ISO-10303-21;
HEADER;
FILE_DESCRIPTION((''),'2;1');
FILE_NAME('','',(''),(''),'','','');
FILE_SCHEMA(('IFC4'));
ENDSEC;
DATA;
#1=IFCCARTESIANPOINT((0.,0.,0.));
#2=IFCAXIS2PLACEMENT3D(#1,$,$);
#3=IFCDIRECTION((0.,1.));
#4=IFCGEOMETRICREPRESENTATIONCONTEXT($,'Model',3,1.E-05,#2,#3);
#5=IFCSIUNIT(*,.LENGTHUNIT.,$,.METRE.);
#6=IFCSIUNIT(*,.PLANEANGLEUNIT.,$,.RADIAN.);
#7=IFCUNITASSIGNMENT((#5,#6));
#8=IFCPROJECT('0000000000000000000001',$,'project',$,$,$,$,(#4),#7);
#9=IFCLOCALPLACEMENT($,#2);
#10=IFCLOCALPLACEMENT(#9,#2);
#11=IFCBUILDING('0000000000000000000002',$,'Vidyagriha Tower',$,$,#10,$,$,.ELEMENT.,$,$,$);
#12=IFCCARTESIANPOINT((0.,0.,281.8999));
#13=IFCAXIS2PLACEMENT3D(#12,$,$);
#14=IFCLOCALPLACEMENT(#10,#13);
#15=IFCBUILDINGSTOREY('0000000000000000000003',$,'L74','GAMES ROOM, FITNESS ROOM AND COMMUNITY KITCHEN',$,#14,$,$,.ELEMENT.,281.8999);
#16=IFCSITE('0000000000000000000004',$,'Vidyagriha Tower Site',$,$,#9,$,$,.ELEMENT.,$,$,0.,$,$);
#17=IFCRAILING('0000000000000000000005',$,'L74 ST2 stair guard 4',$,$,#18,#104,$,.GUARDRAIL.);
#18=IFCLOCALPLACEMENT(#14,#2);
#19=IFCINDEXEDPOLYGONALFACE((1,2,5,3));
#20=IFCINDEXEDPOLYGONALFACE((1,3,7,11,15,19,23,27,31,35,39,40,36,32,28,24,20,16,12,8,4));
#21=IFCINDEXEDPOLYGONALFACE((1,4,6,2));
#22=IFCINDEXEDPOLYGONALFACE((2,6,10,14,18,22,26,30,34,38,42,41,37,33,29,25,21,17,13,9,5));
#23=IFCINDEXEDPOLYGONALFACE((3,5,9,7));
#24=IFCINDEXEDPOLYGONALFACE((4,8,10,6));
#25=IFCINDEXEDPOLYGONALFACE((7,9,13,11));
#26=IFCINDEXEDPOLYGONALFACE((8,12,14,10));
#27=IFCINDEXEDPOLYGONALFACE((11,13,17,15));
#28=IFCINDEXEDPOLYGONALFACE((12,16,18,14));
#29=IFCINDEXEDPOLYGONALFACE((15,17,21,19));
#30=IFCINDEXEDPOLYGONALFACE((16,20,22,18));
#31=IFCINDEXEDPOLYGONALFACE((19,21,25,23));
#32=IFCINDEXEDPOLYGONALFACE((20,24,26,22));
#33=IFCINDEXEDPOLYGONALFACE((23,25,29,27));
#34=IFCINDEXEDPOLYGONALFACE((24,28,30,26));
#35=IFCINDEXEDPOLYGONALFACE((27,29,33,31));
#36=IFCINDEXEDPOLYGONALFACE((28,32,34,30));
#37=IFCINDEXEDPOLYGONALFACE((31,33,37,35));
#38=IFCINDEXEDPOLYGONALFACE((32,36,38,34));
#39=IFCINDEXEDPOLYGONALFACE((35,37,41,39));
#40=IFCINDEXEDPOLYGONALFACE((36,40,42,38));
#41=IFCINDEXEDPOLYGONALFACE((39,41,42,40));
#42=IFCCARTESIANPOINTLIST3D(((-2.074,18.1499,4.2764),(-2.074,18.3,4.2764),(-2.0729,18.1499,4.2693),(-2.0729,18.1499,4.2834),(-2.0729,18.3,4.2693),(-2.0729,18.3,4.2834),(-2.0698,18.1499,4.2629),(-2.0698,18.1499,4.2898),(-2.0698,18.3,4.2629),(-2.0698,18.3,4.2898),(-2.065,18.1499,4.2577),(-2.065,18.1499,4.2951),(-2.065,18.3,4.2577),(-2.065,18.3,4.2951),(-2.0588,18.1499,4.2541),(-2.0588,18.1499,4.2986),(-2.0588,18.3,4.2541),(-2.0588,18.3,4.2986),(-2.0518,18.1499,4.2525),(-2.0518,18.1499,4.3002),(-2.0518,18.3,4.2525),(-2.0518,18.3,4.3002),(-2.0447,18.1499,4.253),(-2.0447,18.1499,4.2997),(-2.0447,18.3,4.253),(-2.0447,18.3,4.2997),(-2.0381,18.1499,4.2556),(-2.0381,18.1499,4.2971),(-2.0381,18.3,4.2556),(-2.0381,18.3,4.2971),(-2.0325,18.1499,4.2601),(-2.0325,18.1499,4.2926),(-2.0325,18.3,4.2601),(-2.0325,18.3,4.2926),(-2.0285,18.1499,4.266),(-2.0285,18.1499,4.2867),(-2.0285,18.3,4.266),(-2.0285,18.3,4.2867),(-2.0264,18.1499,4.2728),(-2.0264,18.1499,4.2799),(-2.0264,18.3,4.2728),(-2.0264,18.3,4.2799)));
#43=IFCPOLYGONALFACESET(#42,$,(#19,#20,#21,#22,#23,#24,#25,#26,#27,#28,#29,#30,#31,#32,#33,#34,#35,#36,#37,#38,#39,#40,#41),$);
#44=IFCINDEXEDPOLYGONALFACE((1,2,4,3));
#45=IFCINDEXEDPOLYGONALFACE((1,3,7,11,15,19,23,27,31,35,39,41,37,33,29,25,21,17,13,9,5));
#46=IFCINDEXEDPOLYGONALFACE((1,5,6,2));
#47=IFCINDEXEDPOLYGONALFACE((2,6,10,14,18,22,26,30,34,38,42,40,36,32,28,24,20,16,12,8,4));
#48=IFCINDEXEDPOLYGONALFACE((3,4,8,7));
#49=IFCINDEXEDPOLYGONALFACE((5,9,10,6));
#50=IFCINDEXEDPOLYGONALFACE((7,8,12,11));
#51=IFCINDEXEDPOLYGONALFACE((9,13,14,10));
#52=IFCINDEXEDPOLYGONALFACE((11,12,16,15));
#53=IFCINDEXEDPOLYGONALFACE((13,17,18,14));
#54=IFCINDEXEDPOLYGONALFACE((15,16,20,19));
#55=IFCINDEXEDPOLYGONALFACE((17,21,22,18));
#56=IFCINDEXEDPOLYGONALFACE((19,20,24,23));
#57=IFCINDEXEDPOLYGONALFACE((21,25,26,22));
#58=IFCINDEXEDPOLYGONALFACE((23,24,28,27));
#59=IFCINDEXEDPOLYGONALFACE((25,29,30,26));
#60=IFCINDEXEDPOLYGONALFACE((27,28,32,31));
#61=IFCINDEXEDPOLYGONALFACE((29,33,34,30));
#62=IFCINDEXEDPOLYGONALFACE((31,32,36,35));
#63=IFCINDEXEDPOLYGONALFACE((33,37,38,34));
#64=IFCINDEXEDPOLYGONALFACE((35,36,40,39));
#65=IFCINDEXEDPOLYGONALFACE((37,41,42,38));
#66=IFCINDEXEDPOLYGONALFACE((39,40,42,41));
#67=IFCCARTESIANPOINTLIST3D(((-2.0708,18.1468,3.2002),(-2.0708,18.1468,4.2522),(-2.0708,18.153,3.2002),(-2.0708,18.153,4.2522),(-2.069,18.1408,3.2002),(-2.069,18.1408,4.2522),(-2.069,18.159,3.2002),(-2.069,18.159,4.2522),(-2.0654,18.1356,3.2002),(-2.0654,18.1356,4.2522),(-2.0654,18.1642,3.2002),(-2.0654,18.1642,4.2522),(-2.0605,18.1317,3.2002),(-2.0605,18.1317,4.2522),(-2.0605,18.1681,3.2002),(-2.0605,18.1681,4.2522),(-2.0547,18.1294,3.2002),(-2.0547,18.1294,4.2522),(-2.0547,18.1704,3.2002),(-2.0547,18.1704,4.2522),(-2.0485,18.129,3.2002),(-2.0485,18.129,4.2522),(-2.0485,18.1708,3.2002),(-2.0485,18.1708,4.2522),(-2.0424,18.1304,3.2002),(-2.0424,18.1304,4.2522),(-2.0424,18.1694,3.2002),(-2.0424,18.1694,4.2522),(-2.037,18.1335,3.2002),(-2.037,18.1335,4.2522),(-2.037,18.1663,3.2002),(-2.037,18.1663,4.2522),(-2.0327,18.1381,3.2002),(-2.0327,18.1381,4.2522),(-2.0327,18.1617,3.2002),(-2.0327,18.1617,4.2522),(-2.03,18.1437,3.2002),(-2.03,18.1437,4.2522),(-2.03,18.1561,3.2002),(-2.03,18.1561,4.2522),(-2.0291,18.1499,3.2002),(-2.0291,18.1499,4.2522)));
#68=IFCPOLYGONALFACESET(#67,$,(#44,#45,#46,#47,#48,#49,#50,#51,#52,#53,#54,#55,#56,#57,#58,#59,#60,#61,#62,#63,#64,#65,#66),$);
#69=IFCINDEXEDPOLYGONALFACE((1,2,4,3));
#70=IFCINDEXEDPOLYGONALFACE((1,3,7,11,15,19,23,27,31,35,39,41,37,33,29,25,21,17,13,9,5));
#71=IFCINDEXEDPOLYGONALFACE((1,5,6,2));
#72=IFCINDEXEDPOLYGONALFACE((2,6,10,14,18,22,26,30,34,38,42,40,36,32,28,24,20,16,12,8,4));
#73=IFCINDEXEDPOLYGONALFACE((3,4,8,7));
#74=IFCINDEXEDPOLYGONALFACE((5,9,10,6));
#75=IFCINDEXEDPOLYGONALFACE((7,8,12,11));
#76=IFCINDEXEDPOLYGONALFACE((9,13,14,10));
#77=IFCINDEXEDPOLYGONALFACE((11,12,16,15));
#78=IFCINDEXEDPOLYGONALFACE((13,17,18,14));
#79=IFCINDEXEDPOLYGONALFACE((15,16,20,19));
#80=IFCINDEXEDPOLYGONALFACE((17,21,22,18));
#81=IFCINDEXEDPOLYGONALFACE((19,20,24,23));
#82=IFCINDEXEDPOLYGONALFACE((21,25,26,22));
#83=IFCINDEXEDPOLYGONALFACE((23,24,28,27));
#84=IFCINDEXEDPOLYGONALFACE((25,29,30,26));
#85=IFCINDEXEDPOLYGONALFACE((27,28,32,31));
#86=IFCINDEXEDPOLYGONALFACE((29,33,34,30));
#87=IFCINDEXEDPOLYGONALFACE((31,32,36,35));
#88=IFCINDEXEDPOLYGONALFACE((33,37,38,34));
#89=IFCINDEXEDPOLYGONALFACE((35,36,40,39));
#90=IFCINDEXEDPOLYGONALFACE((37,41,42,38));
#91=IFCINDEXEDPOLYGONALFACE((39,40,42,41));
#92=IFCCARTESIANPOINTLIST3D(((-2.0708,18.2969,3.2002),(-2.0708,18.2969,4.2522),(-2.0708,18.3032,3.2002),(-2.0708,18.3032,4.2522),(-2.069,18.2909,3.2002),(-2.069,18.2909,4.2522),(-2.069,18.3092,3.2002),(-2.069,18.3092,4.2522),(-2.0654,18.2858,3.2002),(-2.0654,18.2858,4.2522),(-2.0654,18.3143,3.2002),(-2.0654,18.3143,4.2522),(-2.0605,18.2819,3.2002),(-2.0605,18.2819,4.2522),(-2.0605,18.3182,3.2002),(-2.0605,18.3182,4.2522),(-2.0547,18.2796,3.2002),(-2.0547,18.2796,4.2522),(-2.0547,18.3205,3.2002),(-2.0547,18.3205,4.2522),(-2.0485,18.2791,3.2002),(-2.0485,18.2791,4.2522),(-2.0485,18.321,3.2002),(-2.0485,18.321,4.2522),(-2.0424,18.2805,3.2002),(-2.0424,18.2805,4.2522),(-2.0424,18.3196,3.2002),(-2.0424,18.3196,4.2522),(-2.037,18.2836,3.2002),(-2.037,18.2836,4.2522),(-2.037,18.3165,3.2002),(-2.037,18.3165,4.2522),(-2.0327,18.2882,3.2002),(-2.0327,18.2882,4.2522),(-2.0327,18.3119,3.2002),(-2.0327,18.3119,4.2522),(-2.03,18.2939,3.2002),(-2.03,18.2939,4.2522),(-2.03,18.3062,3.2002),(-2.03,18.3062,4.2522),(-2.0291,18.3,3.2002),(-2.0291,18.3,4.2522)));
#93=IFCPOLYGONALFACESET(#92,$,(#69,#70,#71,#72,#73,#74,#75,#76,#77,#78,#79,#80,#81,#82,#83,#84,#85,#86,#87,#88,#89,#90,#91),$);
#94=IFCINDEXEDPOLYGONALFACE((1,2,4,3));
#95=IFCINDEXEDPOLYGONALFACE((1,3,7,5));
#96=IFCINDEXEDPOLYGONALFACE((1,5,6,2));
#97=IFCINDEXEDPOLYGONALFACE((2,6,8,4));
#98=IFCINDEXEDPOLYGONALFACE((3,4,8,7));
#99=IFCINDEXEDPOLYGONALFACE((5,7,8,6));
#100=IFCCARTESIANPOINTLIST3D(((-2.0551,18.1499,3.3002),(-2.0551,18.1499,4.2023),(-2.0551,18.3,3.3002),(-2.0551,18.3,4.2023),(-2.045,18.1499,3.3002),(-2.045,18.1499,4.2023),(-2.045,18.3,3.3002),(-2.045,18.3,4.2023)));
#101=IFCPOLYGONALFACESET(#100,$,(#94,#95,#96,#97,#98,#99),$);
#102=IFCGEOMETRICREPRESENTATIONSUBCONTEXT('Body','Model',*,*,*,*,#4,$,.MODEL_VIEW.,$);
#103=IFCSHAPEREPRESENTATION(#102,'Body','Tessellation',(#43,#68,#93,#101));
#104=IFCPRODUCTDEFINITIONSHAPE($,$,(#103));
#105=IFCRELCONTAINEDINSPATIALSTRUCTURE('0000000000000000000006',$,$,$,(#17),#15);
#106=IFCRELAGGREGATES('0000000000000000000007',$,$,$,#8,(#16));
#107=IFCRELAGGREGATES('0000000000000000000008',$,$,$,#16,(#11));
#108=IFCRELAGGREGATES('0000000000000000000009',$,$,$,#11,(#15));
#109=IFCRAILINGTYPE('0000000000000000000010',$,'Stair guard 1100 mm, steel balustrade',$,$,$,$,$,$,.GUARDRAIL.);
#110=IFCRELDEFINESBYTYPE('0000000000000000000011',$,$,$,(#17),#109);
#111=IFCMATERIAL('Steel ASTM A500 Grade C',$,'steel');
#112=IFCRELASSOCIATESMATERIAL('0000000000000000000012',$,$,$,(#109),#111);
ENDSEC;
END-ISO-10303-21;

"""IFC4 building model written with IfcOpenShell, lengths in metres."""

from ifc_helpers import new_model, si_unit, direction, frame, origin, origin_2d, place, context, subcontext, project, spatial, rectangle, circle, extrude, material, type_object, element, save


model = new_model("IFC4")

# Units and contexts
model_context = context("Model", 3, precision=1e-05, world=origin(), true_north=direction((0.0, 1.0)))
body_context = subcontext(model_context, "Body", "Model", "MODEL_VIEW")
ifc_project = project(units=[si_unit("LENGTHUNIT", "METRE"), si_unit("PLANEANGLEUNIT", "RADIAN")], contexts=[model_context])

# Site, building, storey
site_placement = place(None, origin())
site = spatial("IfcSite", under=ifc_project, at=site_placement, Name="Vidyagriha Tower Site", CompositionType="ELEMENT", RefElevation=0.0)
building_placement = place(site_placement, origin())
building = spatial("IfcBuilding", under=site, at=building_placement, Name="Vidyagriha Tower", CompositionType="ELEMENT")
storey_placement = place(building_placement, frame((0.0, 0.0, 281.8999)))
storey = spatial("IfcBuildingStorey", under=building, at=storey_placement, Name="L74", Description="GAMES ROOM, FITNESS ROOM AND COMMUNITY KITCHEN", CompositionType="ELEMENT", Elevation=281.8999)

# Railing
ifc_material_1 = material(Name="Steel ASTM A500 Grade C", Category="steel")
railing_type_1 = type_object("IfcRailingType", Name="Stair guard 1100 mm, steel balustrade", PredefinedType="GUARDRAIL", material=ifc_material_1)
railing_1_placement = place(storey_placement, frame((-2.05, 18.1499, 3.2002)))
element("IfcRailing", 1, at=railing_1_placement, inside=storey, type_object=railing_type_1, Name="L74 ST2 stair guard 4", PredefinedType="GUARDRAIL", context=body_context, shape_type="SweptSolid", body=[
    extrude(circle(Radius=0.0239, at=origin_2d()), frame((0.0, 0.0, 1.0762), z_axis=(0.0, 1.0, 0.0), x_axis=(-1.0, 0.0, 0.0)), (0.0, 0.0, 1.0), 0.1501),
    extrude(circle(Radius=0.021, at=origin_2d()), origin(), (0.0, 0.0, 1.0), 1.052),
    extrude(circle(Radius=0.021, at=origin_2d()), frame((0.0, 0.1501, 0.0)), (0.0, 0.0, 1.0), 1.052),
    extrude(rectangle(XDim=0.01, YDim=0.9021, at=origin_2d()), frame((0.0, 0.0, 0.551), z_axis=(0.0, 1.0, 0.0), x_axis=(-1.0, 0.0, 0.0)), (0.0, 0.0, 1.0), 0.1501),
])

save(model, "model.ifc")
